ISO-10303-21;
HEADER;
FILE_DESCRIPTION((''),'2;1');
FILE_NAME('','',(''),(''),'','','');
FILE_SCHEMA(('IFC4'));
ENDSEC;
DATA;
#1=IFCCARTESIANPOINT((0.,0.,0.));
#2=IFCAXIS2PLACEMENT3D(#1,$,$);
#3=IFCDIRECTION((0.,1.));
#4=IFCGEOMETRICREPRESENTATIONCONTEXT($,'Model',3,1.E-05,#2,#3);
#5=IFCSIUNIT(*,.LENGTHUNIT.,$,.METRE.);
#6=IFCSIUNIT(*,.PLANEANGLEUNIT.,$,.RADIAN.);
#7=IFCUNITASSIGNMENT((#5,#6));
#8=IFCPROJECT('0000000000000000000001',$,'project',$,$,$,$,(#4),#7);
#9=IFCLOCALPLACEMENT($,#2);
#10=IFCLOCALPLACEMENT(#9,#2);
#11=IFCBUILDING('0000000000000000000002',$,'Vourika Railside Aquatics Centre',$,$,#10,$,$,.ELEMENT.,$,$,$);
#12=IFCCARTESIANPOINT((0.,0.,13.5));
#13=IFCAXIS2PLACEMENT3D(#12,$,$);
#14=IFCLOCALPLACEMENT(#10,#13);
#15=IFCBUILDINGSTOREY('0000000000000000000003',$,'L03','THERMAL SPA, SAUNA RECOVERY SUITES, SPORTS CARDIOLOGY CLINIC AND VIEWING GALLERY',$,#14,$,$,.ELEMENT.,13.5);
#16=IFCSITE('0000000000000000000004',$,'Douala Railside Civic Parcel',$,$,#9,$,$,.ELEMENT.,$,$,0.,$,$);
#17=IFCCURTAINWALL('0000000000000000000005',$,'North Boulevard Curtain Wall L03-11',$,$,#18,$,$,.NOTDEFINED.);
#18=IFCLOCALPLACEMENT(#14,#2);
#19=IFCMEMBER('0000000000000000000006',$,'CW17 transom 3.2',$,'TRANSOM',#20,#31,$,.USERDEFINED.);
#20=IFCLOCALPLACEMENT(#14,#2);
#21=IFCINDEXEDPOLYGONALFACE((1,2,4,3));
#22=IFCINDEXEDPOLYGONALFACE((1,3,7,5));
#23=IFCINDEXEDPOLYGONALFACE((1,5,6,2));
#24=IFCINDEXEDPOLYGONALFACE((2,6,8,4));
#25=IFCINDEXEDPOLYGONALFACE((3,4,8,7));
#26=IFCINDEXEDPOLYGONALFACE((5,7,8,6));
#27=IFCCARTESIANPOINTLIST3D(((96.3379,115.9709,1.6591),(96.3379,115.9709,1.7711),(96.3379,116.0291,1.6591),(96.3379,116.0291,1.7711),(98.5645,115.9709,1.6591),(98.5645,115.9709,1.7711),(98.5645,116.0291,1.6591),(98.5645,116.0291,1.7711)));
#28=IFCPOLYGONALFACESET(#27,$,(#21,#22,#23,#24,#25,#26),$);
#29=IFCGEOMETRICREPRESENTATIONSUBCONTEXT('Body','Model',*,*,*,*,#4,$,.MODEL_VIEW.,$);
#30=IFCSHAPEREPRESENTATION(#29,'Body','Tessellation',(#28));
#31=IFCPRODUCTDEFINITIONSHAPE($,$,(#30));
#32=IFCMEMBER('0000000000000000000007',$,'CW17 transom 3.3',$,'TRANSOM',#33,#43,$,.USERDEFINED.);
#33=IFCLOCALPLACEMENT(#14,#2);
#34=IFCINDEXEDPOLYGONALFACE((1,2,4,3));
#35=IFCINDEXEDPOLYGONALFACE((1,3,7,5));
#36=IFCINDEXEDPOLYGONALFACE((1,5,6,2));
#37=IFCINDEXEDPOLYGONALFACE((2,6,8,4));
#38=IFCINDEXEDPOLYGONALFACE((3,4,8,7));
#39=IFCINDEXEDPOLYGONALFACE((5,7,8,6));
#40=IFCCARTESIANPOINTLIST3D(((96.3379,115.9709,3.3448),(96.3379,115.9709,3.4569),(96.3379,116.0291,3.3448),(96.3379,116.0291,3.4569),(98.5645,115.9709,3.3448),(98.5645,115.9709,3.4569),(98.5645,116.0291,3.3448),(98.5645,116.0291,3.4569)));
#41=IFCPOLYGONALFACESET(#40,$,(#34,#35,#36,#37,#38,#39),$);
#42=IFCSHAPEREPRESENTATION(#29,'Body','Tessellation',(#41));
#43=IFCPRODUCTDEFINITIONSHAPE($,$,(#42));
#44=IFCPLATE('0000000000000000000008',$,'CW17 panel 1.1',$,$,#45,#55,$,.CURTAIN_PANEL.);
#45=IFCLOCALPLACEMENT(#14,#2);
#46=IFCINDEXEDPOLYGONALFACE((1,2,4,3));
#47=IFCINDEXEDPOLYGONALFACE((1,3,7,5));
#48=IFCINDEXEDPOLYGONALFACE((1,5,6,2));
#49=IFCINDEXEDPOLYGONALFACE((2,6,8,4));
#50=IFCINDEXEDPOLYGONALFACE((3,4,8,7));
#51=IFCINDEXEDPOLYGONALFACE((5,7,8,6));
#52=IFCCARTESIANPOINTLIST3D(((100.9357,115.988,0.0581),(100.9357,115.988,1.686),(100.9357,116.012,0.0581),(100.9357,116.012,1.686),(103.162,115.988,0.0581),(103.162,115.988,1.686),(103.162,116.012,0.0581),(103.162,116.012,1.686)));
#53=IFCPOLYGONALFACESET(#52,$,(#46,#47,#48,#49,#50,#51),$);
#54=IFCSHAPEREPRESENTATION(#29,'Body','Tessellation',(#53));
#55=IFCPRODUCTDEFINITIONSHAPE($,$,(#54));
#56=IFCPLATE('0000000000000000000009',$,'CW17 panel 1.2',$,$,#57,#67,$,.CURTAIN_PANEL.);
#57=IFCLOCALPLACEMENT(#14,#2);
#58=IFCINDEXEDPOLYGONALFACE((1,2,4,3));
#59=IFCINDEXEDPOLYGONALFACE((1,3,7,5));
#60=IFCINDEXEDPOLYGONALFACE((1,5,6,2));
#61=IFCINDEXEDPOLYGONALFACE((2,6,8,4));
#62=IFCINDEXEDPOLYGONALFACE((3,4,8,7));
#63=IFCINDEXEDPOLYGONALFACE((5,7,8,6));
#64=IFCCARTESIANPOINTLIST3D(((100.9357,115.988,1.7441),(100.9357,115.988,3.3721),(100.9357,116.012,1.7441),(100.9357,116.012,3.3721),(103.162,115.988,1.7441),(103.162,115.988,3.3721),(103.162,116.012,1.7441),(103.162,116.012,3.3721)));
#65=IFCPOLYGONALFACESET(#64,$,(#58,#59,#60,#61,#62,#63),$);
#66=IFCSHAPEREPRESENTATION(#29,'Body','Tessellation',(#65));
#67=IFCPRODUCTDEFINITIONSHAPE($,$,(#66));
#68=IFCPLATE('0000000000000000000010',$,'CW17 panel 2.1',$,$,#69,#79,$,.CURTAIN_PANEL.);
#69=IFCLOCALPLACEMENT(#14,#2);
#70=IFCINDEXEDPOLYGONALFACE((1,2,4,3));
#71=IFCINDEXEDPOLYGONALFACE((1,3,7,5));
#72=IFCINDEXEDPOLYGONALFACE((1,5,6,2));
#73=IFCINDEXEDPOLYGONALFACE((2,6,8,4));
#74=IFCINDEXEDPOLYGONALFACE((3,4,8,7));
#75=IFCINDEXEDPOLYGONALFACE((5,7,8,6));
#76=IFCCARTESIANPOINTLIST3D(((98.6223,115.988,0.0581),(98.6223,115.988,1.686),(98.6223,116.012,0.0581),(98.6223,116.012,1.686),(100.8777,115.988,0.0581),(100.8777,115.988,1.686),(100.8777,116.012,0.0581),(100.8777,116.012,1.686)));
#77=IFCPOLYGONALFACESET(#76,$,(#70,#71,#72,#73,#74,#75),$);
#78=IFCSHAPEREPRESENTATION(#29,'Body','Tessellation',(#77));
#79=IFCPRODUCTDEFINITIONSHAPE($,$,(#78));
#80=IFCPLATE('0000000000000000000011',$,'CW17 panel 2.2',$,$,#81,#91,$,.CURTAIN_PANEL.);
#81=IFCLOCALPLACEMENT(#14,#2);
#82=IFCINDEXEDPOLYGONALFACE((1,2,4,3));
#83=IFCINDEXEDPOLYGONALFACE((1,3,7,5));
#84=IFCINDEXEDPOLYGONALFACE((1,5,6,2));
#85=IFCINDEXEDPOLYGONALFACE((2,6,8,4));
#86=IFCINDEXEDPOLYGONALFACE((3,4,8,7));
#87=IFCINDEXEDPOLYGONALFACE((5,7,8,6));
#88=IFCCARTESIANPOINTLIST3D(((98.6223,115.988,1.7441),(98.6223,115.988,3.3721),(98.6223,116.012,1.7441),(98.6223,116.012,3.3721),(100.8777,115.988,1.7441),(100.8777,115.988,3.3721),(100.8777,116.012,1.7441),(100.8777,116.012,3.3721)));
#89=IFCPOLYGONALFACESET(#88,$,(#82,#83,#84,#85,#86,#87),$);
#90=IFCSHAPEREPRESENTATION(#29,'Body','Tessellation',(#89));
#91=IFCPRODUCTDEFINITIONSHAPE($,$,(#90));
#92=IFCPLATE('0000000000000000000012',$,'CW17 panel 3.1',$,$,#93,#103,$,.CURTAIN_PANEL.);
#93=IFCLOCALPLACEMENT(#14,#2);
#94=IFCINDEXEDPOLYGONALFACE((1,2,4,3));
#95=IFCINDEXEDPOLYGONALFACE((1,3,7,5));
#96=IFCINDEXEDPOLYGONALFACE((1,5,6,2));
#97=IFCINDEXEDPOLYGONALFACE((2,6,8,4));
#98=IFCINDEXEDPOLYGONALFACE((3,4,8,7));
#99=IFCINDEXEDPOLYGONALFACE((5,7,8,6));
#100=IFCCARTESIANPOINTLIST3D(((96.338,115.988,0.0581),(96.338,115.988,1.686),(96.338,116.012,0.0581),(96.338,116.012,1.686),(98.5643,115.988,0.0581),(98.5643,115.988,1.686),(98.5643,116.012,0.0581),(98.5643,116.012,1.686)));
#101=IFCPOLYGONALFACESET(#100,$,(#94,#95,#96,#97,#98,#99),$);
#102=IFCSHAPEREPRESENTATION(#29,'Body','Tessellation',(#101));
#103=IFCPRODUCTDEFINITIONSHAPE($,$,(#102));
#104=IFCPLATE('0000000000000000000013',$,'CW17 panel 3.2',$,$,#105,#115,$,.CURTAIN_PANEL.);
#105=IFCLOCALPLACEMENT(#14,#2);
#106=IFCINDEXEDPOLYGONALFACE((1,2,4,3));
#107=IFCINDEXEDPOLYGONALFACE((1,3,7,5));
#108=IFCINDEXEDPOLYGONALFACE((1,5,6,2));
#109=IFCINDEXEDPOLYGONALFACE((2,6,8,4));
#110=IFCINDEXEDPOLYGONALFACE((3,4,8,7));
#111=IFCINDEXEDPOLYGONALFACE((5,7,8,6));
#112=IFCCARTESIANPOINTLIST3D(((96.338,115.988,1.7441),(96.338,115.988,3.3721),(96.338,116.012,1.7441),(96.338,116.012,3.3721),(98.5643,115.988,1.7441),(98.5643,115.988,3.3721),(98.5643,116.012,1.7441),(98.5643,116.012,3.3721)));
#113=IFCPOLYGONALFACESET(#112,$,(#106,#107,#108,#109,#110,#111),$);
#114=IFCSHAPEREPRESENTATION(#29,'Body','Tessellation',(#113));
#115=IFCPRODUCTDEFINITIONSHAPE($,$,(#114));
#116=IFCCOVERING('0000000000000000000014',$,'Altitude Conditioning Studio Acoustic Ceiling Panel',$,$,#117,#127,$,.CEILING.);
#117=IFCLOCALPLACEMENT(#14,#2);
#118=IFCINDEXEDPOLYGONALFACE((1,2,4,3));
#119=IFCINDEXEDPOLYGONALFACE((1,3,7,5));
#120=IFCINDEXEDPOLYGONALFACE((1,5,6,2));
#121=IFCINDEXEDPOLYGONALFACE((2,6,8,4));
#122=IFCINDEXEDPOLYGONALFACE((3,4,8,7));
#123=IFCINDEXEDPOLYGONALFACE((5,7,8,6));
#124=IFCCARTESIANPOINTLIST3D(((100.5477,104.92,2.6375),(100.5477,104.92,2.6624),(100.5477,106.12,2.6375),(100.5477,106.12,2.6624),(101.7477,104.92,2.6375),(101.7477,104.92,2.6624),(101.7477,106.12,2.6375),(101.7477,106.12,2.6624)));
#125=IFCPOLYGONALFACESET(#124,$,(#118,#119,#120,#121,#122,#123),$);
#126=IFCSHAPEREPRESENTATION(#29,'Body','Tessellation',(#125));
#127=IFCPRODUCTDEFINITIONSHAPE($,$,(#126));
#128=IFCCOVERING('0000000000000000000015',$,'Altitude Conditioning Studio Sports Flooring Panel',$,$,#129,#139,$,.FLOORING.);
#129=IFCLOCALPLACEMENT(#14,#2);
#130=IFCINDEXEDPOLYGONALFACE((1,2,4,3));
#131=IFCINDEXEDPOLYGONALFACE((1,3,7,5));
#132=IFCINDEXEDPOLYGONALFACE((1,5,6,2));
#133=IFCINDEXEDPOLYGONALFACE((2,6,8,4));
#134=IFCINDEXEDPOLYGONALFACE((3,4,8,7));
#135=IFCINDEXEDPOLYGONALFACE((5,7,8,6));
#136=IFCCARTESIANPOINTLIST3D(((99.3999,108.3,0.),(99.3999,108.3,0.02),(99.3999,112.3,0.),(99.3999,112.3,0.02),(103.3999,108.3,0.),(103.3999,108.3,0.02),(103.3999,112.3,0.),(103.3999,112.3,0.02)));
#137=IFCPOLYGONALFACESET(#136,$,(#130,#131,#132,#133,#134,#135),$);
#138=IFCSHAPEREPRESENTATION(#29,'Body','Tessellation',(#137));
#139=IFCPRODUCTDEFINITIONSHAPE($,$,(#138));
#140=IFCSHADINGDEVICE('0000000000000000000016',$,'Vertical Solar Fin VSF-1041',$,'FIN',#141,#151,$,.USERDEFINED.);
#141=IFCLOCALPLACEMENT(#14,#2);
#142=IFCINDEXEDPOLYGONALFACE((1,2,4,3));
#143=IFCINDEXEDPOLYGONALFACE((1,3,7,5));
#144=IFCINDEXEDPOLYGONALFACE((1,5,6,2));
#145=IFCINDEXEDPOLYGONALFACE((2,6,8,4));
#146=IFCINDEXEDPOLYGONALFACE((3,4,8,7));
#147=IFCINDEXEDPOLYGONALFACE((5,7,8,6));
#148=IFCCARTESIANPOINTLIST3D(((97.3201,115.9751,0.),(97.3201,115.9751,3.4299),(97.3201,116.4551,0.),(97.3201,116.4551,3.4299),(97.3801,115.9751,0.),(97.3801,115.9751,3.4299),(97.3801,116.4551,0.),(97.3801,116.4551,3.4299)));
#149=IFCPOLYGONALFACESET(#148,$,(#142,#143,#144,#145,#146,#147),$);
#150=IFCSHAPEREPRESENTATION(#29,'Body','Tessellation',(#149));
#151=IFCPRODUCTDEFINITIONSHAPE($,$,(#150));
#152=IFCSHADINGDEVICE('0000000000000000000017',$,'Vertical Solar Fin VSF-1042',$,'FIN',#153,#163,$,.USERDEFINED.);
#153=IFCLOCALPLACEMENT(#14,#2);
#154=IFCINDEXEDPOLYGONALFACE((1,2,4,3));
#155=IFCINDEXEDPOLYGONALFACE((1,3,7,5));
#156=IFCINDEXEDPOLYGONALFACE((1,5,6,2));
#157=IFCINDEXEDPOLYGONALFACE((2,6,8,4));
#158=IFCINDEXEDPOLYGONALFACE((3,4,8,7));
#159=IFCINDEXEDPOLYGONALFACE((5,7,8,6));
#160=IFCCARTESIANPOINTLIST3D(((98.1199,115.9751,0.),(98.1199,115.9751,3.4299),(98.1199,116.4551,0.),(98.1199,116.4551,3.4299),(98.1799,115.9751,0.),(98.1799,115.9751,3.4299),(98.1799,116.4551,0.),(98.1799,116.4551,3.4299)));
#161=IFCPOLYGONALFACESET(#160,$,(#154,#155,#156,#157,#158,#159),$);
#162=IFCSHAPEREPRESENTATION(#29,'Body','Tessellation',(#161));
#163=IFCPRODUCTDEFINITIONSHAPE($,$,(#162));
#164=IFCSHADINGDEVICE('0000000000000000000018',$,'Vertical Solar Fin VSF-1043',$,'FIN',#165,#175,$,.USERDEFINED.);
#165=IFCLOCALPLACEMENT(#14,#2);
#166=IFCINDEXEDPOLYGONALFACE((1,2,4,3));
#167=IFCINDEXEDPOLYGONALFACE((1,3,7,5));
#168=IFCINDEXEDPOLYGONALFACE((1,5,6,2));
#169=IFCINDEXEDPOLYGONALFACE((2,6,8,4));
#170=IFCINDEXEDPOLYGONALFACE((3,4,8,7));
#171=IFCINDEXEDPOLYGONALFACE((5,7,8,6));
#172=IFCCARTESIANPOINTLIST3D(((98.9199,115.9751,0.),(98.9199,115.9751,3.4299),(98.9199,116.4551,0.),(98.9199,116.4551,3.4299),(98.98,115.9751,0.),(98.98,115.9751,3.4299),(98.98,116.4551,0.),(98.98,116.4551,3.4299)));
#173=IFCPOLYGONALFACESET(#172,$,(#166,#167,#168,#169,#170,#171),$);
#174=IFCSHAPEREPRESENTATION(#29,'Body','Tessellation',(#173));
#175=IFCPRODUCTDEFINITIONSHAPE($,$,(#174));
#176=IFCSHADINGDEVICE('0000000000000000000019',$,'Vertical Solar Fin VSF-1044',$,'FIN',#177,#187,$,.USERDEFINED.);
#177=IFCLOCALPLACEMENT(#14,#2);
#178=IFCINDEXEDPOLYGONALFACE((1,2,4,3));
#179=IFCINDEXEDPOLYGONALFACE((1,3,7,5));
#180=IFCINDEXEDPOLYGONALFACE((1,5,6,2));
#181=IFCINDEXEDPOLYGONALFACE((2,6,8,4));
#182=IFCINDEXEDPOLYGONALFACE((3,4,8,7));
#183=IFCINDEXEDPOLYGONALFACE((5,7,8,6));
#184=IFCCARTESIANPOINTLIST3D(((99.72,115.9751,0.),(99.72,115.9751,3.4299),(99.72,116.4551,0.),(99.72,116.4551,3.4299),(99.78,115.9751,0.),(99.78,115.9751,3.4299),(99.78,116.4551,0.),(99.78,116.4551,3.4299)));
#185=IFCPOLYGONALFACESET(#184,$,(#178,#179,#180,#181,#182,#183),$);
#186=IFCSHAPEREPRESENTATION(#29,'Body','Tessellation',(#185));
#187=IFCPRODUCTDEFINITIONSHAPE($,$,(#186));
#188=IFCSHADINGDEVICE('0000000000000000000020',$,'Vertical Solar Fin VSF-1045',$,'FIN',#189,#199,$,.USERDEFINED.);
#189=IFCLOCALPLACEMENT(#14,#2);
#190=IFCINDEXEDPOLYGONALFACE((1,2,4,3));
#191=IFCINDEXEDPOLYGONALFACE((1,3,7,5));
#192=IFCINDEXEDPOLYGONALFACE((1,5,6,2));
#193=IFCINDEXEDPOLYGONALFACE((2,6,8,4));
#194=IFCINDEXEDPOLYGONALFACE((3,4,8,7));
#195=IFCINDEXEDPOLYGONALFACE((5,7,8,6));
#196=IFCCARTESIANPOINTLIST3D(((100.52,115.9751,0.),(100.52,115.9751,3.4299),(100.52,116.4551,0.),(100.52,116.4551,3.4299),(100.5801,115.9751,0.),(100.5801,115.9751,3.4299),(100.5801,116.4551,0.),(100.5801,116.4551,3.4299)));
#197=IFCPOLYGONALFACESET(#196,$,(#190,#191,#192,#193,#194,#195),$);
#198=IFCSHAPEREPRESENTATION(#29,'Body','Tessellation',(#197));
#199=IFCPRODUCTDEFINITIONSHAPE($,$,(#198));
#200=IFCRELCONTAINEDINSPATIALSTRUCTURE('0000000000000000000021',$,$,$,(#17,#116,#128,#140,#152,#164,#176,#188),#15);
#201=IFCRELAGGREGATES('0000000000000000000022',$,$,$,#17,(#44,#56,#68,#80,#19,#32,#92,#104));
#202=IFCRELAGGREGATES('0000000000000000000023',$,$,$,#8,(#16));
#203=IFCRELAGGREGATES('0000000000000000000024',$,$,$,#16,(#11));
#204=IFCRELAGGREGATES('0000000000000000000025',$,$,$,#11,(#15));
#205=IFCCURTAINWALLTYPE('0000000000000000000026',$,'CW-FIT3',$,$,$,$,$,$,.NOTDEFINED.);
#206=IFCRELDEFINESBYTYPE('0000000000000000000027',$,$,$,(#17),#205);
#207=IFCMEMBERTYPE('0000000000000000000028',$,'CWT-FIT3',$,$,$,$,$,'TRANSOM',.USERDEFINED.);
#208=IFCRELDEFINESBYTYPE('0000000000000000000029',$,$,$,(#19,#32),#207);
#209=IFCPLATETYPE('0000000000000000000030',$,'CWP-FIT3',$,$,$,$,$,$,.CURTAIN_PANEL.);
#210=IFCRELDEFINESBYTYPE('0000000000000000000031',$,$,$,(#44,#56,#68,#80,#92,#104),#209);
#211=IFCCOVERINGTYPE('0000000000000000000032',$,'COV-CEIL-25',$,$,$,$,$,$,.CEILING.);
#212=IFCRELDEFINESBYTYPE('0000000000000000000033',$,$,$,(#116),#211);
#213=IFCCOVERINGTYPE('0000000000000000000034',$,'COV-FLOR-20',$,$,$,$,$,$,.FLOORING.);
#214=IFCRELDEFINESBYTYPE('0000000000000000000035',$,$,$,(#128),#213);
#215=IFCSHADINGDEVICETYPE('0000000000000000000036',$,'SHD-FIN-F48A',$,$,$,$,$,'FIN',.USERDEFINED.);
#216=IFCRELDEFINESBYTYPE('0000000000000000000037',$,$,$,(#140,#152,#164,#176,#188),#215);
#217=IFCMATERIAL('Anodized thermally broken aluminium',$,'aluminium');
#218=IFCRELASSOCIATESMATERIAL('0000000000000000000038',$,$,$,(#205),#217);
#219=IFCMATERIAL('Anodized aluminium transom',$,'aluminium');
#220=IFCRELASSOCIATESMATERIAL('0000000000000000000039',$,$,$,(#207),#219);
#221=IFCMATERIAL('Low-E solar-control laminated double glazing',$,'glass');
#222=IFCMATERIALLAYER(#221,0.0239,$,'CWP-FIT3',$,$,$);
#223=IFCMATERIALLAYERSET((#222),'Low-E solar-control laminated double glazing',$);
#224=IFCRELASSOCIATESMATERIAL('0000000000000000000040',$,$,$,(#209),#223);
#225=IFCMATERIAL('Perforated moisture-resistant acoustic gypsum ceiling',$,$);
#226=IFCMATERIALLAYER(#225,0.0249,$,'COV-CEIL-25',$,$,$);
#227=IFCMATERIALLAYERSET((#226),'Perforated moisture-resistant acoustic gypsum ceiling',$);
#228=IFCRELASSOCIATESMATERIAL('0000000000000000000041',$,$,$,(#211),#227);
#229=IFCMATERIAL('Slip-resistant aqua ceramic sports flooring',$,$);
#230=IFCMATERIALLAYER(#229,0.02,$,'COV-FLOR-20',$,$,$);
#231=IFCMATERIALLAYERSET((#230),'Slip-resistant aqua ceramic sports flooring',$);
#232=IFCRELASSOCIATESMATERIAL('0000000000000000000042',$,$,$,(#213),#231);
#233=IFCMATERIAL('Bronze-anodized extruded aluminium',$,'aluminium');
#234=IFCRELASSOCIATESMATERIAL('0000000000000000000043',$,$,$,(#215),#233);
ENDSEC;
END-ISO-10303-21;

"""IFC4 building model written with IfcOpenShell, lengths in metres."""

from ifc_helpers import new_model, si_unit, direction, frame, origin, origin_2d, place, context, subcontext, project, spatial, rectangle, extrude, material, layer, layer_set, material_profile, profile_set, type_object, element, aggregate, save


model = new_model("IFC4")

# Units and contexts
model_context = context("Model", 3, precision=1e-05, world=origin(), true_north=direction((0.0, 1.0)))
body_context = subcontext(model_context, "Body", "Model", "MODEL_VIEW")
ifc_project = project(units=[si_unit("LENGTHUNIT", "METRE"), si_unit("PLANEANGLEUNIT", "RADIAN")], contexts=[model_context])

# Site, building, storey
site_placement = place(None, origin())
site = spatial("IfcSite", under=ifc_project, at=site_placement, Name="Douala Railside Civic Parcel", CompositionType="ELEMENT", RefElevation=0.0)
building_placement = place(site_placement, origin())
building = spatial("IfcBuilding", under=site, at=building_placement, Name="Vourika Railside Aquatics Centre", CompositionType="ELEMENT")
storey_placement = place(building_placement, frame((0.0, 0.0, 13.5)))
storey = spatial("IfcBuildingStorey", under=building, at=storey_placement, Name="L03", Description="THERMAL SPA, SAUNA RECOVERY SUITES, SPORTS CARDIOLOGY CLINIC AND VIEWING GALLERY", CompositionType="ELEMENT", Elevation=13.5)

# Curtain wall, members, plates
ifc_material_1 = material(Name="Anodized thermally broken aluminium", Category="aluminium")
curtain_wall_type = type_object("IfcCurtainWallType", Name="CW-FIT3", PredefinedType="NOTDEFINED", material=ifc_material_1)
curtain_wall_placement = place(storey_placement, origin())
curtain_wall = element("IfcCurtainWall", 1, at=curtain_wall_placement, inside=storey, type_object=curtain_wall_type, Name="North Boulevard Curtain Wall L03-11", PredefinedType="NOTDEFINED")
ifc_material_2 = material(Name="Anodized aluminium transom", Category="aluminium")
ifc_material_profile_1 = material_profile(ifc_material_2, rectangle(XDim=0.0581, YDim=0.1121, at=origin_2d()), Name="ALU-T 58x112")
ifc_profile_set_1 = profile_set([ifc_material_profile_1], Name="Anodized aluminium transom")
member_type_1 = type_object("IfcMemberType", Name="CWT-FIT3", ElementType="TRANSOM", PredefinedType="USERDEFINED", material=ifc_profile_set_1)
member_1_placement = place(storey_placement, frame((98.5645, 116.0, 1.7151), z_axis=(-1.0, 0.0, 0.0), x_axis=(0.0, -1.0, 0.0)))
member_1 = element("IfcMember", 2, at=member_1_placement, type_object=member_type_1, Name="CW17 transom 3.2", ObjectType="TRANSOM", PredefinedType="USERDEFINED", context=body_context, shape_type="SweptSolid", body=[
    extrude(rectangle(XDim=0.0581, YDim=0.1121, at=origin_2d()), origin(), (0.0, 0.0, 1.0), 2.2266),
])
member_2_placement = place(storey_placement, frame((98.5645, 116.0, 3.4009), z_axis=(-1.0, 0.0, 0.0), x_axis=(0.0, -1.0, 0.0)))
member_2 = element("IfcMember", 3, at=member_2_placement, type_object=member_type_1, Name="CW17 transom 3.3", ObjectType="TRANSOM", PredefinedType="USERDEFINED", context=body_context, shape_type="SweptSolid", body=[
    extrude(rectangle(XDim=0.0581, YDim=0.1121, at=origin_2d()), origin(), (0.0, 0.0, 1.0), 2.2266),
])
ifc_material_3 = material(Name="Low-E solar-control laminated double glazing", Category="glass")
ifc_layer_1 = layer(ifc_material_3, 0.0239, Name="CWP-FIT3")
ifc_layer_set_1 = layer_set([ifc_layer_1], Name="Low-E solar-control laminated double glazing")
plate_type = type_object("IfcPlateType", Name="CWP-FIT3", PredefinedType="CURTAIN_PANEL", material=ifc_layer_set_1)
plate_1_placement = place(storey_placement, frame((102.0488, 116.0, 0.0581), z_axis=(0.0, 0.0, 1.0), x_axis=(-1.0, 0.0, 0.0)))
plate_1 = element("IfcPlate", 4, at=plate_1_placement, type_object=plate_type, Name="CW17 panel 1.1", PredefinedType="CURTAIN_PANEL", context=body_context, shape_type="SweptSolid", body=[
    extrude(rectangle(XDim=2.2263, YDim=0.0239, at=origin_2d()), origin(), (0.0, 0.0, 1.0), 1.6279),
])
plate_2_placement = place(storey_placement, frame((102.0488, 116.0, 1.7441), z_axis=(0.0, 0.0, 1.0), x_axis=(-1.0, 0.0, 0.0)))
plate_2 = element("IfcPlate", 5, at=plate_2_placement, type_object=plate_type, Name="CW17 panel 1.2", PredefinedType="CURTAIN_PANEL", context=body_context, shape_type="SweptSolid", body=[
    extrude(rectangle(XDim=2.2263, YDim=0.0239, at=origin_2d()), origin(), (0.0, 0.0, 1.0), 1.6279),
])
plate_3_placement = place(storey_placement, frame((99.75, 116.0, 0.0581), z_axis=(0.0, 0.0, 1.0), x_axis=(-1.0, 0.0, 0.0)))
plate_3 = element("IfcPlate", 6, at=plate_3_placement, type_object=plate_type, Name="CW17 panel 2.1", PredefinedType="CURTAIN_PANEL", context=body_context, shape_type="SweptSolid", body=[
    extrude(rectangle(XDim=2.2554, YDim=0.0239, at=origin_2d()), origin(), (0.0, 0.0, 1.0), 1.6279),
])
plate_4_placement = place(storey_placement, frame((99.75, 116.0, 1.7441), z_axis=(0.0, 0.0, 1.0), x_axis=(-1.0, 0.0, 0.0)))
plate_4 = element("IfcPlate", 7, at=plate_4_placement, type_object=plate_type, Name="CW17 panel 2.2", PredefinedType="CURTAIN_PANEL", context=body_context, shape_type="SweptSolid", body=[
    extrude(rectangle(XDim=2.2554, YDim=0.0239, at=origin_2d()), origin(), (0.0, 0.0, 1.0), 1.6279),
])
plate_5_placement = place(storey_placement, frame((97.4512, 116.0, 0.0581), z_axis=(0.0, 0.0, 1.0), x_axis=(-1.0, 0.0, 0.0)))
plate_5 = element("IfcPlate", 8, at=plate_5_placement, type_object=plate_type, Name="CW17 panel 3.1", PredefinedType="CURTAIN_PANEL", context=body_context, shape_type="SweptSolid", body=[
    extrude(rectangle(XDim=2.2263, YDim=0.0239, at=origin_2d()), origin(), (0.0, 0.0, 1.0), 1.6279),
])
plate_6_placement = place(storey_placement, frame((97.4512, 116.0, 1.7441), z_axis=(0.0, 0.0, 1.0), x_axis=(-1.0, 0.0, 0.0)))
plate_6 = element("IfcPlate", 9, at=plate_6_placement, type_object=plate_type, Name="CW17 panel 3.2", PredefinedType="CURTAIN_PANEL", context=body_context, shape_type="SweptSolid", body=[
    extrude(rectangle(XDim=2.2263, YDim=0.0239, at=origin_2d()), origin(), (0.0, 0.0, 1.0), 1.6279),
])
aggregate(curtain_wall, [plate_1, plate_2, plate_3, plate_4, member_1, member_2, plate_5, plate_6])

# Coverings
ifc_material_4 = material(Name="Perforated moisture-resistant acoustic gypsum ceiling")
ifc_layer_2 = layer(ifc_material_4, 0.0249, Name="COV-CEIL-25")
ifc_layer_set_2 = layer_set([ifc_layer_2], Name="Perforated moisture-resistant acoustic gypsum ceiling")
covering_type_1 = type_object("IfcCoveringType", Name="COV-CEIL-25", PredefinedType="CEILING", material=ifc_layer_set_2)
covering_1_placement = place(storey_placement, frame((101.1477, 105.52, 2.6375), z_axis=(0.0, 0.0, 1.0), x_axis=(1.0, 0.0, 0.0)))
element("IfcCovering", 10, at=covering_1_placement, inside=storey, type_object=covering_type_1, Name="Altitude Conditioning Studio Acoustic Ceiling Panel", PredefinedType="CEILING", context=body_context, shape_type="SweptSolid", body=[
    extrude(rectangle(XDim=1.2, YDim=1.2, at=origin_2d()), origin(), (0.0, 0.0, 1.0), 0.0249),
])
ifc_material_5 = material(Name="Slip-resistant aqua ceramic sports flooring")
ifc_layer_3 = layer(ifc_material_5, 0.02, Name="COV-FLOR-20")
ifc_layer_set_3 = layer_set([ifc_layer_3], Name="Slip-resistant aqua ceramic sports flooring")
covering_type_2 = type_object("IfcCoveringType", Name="COV-FLOR-20", PredefinedType="FLOORING", material=ifc_layer_set_3)
covering_2_placement = place(storey_placement, frame((101.3999, 110.3, 0.0), z_axis=(0.0, 0.0, 1.0), x_axis=(1.0, 0.0, 0.0)))
element("IfcCovering", 11, at=covering_2_placement, inside=storey, type_object=covering_type_2, Name="Altitude Conditioning Studio Sports Flooring Panel", PredefinedType="FLOORING", context=body_context, shape_type="SweptSolid", body=[
    extrude(rectangle(XDim=4.0, YDim=4.0, at=origin_2d()), origin(), (0.0, 0.0, 1.0), 0.02),
])

# Shading devices
ifc_material_6 = material(Name="Bronze-anodized extruded aluminium", Category="aluminium")
ifc_material_profile_2 = material_profile(ifc_material_6, rectangle(XDim=0.0601, YDim=0.48, at=origin_2d()), Name="ALU-FIN 60x480")
ifc_profile_set_2 = profile_set([ifc_material_profile_2], Name="Bronze-anodized extruded aluminium")
shading_device_type = type_object("IfcShadingDeviceType", Name="SHD-FIN-F48A", ElementType="FIN", PredefinedType="USERDEFINED", material=ifc_profile_set_2)
for number, where, z_axis, x_axis, name in (
    (12, (97.3501, 116.2151, 0.0), (0.0, 0.0, 1.0), (1.0, 0.0, 0.0), "Vertical Solar Fin VSF-1041"),
    (13, (98.1499, 116.2151, 0.0), (0.0, 0.0, 1.0), (1.0, 0.0, 0.0), "Vertical Solar Fin VSF-1042"),
    (14, (98.95, 116.2151, 0.0), (0.0, 0.0, 1.0), (1.0, 0.0, 0.0), "Vertical Solar Fin VSF-1043"),
    (15, (99.75, 116.2151, 0.0), (0.0, 0.0, 1.0), (1.0, 0.0, 0.0), "Vertical Solar Fin VSF-1044"),
    (16, (100.55, 116.2151, 0.0), (0.0, 0.0, 1.0), (1.0, 0.0, 0.0), "Vertical Solar Fin VSF-1045"),
):
    element("IfcShadingDevice", number, at=place(storey_placement, frame(where, z_axis=z_axis, x_axis=x_axis)), inside=storey, type_object=shading_device_type, Name=name, ObjectType="FIN", PredefinedType="USERDEFINED", context=body_context, shape_type="SweptSolid", body=[
        extrude(rectangle(XDim=0.0601, YDim=0.48, at=origin_2d()), origin(), (0.0, 0.0, 1.0), 3.4299),
    ])

save(model, "model.ifc")
